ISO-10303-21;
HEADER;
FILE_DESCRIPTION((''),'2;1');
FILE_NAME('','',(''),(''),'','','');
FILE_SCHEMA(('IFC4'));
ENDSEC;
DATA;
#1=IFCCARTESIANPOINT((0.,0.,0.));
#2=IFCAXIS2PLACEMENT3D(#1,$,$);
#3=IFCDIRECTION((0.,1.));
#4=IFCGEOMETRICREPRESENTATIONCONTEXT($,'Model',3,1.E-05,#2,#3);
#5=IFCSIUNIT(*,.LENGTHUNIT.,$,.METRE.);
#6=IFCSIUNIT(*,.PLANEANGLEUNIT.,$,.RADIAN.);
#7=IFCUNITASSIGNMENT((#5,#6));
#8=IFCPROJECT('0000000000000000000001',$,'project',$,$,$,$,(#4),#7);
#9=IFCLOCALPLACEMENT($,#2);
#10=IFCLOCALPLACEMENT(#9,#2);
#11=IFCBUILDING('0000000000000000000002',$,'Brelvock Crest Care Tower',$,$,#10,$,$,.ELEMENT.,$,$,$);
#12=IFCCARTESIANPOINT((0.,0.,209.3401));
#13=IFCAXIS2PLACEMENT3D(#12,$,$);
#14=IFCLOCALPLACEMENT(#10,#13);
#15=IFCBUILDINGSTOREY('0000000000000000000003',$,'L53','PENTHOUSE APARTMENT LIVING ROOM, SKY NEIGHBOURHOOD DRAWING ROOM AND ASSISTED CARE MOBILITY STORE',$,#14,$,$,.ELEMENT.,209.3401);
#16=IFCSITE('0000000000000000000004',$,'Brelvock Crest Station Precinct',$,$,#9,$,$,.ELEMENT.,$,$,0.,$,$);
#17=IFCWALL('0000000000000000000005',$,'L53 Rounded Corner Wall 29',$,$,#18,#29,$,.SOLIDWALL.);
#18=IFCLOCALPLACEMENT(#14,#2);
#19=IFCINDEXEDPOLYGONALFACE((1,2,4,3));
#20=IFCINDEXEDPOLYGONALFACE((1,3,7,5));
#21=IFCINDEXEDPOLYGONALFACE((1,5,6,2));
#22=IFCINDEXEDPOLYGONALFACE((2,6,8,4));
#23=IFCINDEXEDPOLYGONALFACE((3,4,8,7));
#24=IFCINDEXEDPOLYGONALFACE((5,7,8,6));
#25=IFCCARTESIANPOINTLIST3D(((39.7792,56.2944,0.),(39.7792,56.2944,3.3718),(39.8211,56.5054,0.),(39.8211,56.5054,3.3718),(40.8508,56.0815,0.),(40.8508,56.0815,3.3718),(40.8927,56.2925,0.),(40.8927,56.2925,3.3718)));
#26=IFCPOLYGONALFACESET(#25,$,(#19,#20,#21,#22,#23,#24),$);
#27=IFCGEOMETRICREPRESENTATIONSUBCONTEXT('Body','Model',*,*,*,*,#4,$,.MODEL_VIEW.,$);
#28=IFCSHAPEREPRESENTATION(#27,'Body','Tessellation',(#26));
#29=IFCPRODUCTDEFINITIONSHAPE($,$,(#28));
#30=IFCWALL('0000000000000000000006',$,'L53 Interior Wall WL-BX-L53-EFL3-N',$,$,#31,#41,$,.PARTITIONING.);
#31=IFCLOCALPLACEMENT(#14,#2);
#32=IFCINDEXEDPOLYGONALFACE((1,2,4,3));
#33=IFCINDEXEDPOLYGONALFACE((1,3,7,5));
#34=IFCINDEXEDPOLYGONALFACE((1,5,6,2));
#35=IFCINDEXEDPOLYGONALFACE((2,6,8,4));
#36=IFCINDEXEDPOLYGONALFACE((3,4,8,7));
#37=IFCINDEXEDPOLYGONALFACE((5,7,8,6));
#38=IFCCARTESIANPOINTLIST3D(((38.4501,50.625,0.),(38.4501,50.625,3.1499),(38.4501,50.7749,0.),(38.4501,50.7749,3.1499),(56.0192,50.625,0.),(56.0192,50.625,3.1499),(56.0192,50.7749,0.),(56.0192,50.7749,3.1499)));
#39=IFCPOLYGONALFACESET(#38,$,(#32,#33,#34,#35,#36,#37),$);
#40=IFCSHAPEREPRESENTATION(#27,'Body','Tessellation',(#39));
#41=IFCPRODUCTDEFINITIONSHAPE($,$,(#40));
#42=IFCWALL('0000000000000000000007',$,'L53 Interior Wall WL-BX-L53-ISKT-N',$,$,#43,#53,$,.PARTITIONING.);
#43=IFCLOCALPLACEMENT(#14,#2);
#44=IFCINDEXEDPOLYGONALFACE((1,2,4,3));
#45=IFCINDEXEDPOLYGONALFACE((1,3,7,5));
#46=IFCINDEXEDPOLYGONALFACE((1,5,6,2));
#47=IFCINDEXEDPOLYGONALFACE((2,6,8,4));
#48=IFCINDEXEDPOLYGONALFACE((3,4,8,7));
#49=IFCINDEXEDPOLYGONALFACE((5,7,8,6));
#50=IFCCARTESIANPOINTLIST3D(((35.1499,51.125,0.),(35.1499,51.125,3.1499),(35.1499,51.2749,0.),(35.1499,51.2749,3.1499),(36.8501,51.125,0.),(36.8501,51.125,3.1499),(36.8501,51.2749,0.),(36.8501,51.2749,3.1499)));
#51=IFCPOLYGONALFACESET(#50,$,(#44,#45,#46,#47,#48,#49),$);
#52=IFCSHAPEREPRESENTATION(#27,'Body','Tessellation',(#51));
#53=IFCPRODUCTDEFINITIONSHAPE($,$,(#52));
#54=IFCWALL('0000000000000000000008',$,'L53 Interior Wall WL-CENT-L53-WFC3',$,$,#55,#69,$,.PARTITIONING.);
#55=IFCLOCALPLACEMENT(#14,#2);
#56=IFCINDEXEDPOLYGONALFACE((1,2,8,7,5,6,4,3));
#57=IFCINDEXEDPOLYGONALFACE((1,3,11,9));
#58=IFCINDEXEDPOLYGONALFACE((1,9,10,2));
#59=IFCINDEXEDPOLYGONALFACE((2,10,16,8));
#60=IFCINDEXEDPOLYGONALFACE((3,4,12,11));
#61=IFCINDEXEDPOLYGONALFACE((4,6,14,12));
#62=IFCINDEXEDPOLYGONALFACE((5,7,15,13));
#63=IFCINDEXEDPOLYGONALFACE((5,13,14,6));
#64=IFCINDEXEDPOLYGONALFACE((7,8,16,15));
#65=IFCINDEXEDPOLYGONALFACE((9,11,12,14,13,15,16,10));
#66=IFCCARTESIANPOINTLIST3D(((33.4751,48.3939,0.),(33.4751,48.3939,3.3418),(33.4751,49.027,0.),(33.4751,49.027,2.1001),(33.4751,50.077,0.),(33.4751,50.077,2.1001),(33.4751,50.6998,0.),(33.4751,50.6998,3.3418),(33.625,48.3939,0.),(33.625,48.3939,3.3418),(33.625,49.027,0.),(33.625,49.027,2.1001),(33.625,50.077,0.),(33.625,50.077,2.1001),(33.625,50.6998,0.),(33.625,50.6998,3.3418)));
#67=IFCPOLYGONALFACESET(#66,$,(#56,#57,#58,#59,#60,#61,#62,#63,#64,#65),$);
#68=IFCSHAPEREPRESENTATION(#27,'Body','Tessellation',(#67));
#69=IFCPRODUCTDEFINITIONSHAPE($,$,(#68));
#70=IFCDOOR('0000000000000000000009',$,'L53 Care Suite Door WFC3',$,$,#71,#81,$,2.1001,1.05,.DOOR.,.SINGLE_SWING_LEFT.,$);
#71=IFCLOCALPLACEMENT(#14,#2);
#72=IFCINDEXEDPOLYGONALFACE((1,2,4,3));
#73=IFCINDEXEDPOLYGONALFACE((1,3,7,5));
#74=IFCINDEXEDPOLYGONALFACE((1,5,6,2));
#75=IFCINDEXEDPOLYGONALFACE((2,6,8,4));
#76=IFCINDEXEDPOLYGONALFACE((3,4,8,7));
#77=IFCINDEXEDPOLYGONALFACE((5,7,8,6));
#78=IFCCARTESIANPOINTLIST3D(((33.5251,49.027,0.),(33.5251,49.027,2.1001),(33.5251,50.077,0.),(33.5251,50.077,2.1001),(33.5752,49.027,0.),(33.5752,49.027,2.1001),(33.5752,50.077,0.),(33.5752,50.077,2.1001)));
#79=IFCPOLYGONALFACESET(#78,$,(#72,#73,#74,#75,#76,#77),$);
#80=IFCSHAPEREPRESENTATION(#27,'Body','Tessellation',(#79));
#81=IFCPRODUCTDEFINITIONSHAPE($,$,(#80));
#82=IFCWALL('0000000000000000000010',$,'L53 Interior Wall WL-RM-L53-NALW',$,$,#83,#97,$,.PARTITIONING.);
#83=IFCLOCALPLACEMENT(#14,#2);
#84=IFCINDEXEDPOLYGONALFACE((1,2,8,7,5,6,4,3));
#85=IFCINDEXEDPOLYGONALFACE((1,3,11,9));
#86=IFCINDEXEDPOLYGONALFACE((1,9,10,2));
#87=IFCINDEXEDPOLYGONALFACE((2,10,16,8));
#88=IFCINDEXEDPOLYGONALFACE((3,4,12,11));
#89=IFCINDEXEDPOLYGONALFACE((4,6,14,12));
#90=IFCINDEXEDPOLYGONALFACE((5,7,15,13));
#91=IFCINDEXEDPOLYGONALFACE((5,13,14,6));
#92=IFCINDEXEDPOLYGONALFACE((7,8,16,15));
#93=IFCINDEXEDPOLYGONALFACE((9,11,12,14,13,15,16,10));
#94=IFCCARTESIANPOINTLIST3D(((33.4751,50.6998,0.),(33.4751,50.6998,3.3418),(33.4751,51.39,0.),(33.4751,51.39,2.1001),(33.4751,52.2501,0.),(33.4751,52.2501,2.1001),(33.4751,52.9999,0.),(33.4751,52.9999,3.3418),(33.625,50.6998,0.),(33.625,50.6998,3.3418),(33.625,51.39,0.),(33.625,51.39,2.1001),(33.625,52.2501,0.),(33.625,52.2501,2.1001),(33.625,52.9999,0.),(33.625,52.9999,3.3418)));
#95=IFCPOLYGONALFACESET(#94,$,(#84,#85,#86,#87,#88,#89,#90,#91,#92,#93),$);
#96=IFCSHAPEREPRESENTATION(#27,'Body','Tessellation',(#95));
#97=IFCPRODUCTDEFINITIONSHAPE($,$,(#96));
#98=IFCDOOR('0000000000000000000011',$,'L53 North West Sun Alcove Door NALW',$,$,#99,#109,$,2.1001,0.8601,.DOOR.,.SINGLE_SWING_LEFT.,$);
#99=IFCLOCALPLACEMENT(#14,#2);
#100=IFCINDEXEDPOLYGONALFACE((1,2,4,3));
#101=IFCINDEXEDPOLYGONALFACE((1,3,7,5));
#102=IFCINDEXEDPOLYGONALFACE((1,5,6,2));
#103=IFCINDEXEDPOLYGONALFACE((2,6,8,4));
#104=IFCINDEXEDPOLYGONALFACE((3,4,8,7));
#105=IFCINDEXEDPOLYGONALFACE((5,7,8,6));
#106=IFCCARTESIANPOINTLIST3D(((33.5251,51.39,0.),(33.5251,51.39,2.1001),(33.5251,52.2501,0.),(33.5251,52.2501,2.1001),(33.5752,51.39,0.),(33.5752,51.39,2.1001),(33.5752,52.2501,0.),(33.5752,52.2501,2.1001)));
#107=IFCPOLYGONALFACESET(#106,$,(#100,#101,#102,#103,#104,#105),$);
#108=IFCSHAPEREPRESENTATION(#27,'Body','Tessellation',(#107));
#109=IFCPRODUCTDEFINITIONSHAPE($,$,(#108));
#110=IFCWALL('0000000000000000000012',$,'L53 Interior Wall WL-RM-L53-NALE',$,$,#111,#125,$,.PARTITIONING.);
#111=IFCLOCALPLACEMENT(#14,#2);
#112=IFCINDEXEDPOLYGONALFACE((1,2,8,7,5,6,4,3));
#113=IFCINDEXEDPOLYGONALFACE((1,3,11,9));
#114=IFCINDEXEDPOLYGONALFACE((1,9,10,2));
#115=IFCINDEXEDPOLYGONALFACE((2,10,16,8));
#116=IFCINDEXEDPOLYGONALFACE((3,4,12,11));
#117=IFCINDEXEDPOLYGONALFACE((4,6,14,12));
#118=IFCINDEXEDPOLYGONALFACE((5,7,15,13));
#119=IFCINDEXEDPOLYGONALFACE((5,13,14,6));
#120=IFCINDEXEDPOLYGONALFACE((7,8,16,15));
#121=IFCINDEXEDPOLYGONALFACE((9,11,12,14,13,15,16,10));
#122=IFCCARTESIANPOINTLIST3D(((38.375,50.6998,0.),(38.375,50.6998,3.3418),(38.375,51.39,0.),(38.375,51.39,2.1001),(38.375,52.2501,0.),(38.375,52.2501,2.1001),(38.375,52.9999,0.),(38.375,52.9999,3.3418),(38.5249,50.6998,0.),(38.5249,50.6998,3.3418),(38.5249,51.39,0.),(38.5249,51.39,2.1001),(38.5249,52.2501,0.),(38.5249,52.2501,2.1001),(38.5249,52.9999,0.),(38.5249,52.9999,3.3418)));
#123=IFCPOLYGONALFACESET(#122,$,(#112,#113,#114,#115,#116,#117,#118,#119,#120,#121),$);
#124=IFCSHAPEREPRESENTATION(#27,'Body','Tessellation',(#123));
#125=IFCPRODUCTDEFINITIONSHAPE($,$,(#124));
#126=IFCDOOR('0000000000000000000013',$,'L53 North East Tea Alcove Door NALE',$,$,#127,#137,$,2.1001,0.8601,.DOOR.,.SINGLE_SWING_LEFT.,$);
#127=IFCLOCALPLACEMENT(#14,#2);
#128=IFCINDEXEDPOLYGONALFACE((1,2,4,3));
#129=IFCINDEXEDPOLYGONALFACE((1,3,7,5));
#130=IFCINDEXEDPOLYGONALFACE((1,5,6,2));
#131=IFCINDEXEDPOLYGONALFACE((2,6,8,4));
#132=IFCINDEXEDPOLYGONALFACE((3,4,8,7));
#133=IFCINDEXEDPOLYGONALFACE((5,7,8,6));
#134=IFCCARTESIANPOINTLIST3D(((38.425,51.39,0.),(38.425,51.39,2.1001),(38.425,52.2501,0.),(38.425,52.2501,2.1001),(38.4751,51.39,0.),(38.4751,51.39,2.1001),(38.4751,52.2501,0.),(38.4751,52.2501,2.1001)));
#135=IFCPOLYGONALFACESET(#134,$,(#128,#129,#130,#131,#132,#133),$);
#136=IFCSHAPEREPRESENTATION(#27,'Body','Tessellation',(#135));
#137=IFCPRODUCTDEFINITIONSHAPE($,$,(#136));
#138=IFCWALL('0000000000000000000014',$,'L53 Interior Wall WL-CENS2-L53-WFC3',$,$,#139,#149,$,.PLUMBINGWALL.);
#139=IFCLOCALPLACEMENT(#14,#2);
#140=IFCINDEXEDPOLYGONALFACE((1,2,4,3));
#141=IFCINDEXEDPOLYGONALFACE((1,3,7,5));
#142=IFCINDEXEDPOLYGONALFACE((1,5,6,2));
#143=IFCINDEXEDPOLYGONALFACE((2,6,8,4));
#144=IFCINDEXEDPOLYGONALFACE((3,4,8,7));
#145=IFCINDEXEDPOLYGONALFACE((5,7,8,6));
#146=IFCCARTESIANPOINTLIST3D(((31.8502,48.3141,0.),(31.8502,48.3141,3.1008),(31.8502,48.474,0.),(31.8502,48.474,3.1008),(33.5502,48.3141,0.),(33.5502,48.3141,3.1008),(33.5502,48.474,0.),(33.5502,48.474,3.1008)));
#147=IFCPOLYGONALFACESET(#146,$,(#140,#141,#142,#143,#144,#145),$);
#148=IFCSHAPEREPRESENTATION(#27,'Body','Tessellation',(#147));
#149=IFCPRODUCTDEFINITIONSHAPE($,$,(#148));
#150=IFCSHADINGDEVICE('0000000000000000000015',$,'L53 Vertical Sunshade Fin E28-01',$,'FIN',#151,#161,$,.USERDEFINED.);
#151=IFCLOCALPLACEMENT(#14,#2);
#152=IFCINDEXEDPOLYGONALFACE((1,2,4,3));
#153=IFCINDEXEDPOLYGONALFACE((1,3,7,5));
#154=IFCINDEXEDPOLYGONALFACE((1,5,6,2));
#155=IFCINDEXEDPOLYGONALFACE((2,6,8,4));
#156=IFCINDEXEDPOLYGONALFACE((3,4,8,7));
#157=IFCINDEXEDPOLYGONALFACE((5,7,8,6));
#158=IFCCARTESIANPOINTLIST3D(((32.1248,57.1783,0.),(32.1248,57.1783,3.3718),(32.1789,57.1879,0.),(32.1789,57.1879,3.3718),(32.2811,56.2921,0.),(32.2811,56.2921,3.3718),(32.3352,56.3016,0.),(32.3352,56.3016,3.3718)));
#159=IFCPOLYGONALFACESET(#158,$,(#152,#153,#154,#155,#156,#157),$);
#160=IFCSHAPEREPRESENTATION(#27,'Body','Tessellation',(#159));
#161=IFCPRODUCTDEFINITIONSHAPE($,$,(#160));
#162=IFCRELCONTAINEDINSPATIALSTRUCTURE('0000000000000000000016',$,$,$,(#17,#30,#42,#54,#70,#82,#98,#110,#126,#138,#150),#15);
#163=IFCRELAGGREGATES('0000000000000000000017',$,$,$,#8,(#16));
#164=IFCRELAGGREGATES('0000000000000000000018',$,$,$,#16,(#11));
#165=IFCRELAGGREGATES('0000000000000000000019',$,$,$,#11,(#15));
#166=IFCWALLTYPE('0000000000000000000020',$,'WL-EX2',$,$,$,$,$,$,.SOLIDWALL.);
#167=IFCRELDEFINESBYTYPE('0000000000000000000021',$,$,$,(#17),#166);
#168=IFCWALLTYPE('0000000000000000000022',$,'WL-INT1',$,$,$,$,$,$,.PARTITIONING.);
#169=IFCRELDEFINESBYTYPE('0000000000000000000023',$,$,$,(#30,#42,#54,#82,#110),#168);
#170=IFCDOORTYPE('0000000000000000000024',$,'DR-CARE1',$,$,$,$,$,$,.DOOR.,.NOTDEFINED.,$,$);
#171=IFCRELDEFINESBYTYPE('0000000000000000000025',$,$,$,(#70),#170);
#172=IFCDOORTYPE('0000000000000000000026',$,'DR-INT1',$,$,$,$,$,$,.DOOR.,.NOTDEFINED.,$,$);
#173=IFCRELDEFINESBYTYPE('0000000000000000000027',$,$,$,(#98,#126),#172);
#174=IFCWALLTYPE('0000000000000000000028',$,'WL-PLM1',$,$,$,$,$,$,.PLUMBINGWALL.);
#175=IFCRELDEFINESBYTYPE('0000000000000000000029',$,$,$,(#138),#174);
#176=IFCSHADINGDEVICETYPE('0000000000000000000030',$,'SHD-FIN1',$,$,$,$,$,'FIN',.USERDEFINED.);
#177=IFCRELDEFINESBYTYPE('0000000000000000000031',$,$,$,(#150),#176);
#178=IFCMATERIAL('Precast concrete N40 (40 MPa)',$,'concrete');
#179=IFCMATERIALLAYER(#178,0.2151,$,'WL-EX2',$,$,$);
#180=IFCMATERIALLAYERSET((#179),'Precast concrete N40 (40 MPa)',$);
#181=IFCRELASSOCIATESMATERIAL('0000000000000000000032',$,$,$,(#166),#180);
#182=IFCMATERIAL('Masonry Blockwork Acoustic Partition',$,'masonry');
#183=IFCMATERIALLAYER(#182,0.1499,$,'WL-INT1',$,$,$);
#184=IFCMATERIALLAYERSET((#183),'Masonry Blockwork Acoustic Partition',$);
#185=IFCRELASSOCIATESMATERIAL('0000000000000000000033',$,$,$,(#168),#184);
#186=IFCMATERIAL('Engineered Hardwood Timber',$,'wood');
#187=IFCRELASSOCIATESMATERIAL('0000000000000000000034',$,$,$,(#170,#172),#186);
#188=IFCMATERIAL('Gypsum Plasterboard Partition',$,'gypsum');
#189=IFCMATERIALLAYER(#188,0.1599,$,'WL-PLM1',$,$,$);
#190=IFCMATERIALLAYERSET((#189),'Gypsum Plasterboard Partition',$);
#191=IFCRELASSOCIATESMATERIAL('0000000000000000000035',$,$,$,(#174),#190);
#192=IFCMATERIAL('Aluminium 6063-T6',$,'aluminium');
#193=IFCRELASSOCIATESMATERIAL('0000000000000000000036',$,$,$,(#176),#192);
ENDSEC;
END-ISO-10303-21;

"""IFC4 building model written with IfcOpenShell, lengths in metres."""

from ifc_helpers import new_model, si_unit, direction, frame, frame_2d, origin, origin_2d, place, context, subcontext, project, spatial, rectangle, extrude, source, transform, mapped, material, layer, layer_set, material_profile, profile_set, type_object, element, fill, save


model = new_model("IFC4")

# Units and contexts
model_context = context("Model", 3, precision=1e-05, world=origin(), true_north=direction((0.0, 1.0)))
body_context = subcontext(model_context, "Body", "Model", "MODEL_VIEW")
ifc_project = project(units=[si_unit("LENGTHUNIT", "METRE"), si_unit("PLANEANGLEUNIT", "RADIAN")], contexts=[model_context])

# Site, building, storey
site_placement = place(None, origin())
site = spatial("IfcSite", under=ifc_project, at=site_placement, Name="Brelvock Crest Station Precinct", CompositionType="ELEMENT", RefElevation=0.0)
building_placement = place(site_placement, origin())
building = spatial("IfcBuilding", under=site, at=building_placement, Name="Brelvock Crest Care Tower", CompositionType="ELEMENT")
storey_placement = place(building_placement, frame((0.0, 0.0, 209.3401)))
storey = spatial("IfcBuildingStorey", under=building, at=storey_placement, Name="L53", Description="PENTHOUSE APARTMENT LIVING ROOM, SKY NEIGHBOURHOOD DRAWING ROOM AND ASSISTED CARE MOBILITY STORE", CompositionType="ELEMENT", Elevation=209.3401)

# Shared definitions
ifc_material_1 = material(Name="Aluminium 6063-T6", Category="aluminium")

# Walls
ifc_material_2 = material(Name="Precast concrete N40 (40 MPa)", Category="concrete")
ifc_layer_1 = layer(ifc_material_2, 0.2151, Name="WL-EX2")
ifc_layer_set_1 = layer_set([ifc_layer_1], Name="Precast concrete N40 (40 MPa)")
wall_type_1 = type_object("IfcWallType", Name="WL-EX2", PredefinedType="SOLIDWALL", material=ifc_layer_set_1)
wall_1_placement = place(storey_placement, frame((39.8, 56.3999, 0.0), z_axis=(0.0, 0.0, 1.0), x_axis=(0.980829, -0.19487, 0.0)))
element("IfcWall", 1, at=wall_1_placement, inside=storey, type_object=wall_type_1, Name="L53 Rounded Corner Wall 29", PredefinedType="SOLIDWALL", context=body_context, shape_type="SweptSolid", body=[
    extrude(rectangle(XDim=1.0925, YDim=0.2151, at=frame_2d((0.5464, 0.0))), origin(), (0.0, 0.0, 1.0), 3.3718),
])
ifc_material_3 = material(Name="Masonry Blockwork Acoustic Partition", Category="masonry")
ifc_layer_2 = layer(ifc_material_3, 0.1499, Name="WL-INT1")
ifc_layer_set_2 = layer_set([ifc_layer_2], Name="Masonry Blockwork Acoustic Partition")
wall_type_2 = type_object("IfcWallType", Name="WL-INT1", PredefinedType="PARTITIONING", material=ifc_layer_set_2)
wall_2_placement = place(storey_placement, frame((38.45, 50.7, 0.0), z_axis=(0.0, 0.0, 1.0), x_axis=(1.0, 0.0, 0.0)))
element("IfcWall", 2, at=wall_2_placement, inside=storey, type_object=wall_type_2, Name="L53 Interior Wall WL-BX-L53-EFL3-N", PredefinedType="PARTITIONING", context=body_context, shape_type="SweptSolid", body=[
    extrude(rectangle(XDim=17.5691, YDim=0.1499, at=frame_2d((8.7847, 0.0))), origin(), (0.0, 0.0, 1.0), 3.1499),
])
wall_3_placement = place(storey_placement, frame((35.1499, 51.2, 0.0), z_axis=(0.0, 0.0, 1.0), x_axis=(1.0, 0.0, 0.0)))
element("IfcWall", 3, at=wall_3_placement, inside=storey, type_object=wall_type_2, Name="L53 Interior Wall WL-BX-L53-ISKT-N", PredefinedType="PARTITIONING", context=body_context, shape_type="SweptSolid", body=[
    extrude(rectangle(XDim=1.7002, YDim=0.1499, at=frame_2d((0.8501, 0.0))), origin(), (0.0, 0.0, 1.0), 3.1499),
])

# Walls, openings, doors
wall_4_placement = place(storey_placement, frame((33.55, 48.394, 0.0), z_axis=(0.0, 0.0, 1.0), x_axis=(0.0, 1.0, 0.0)))
wall_4 = element("IfcWall", 4, at=wall_4_placement, inside=storey, type_object=wall_type_2, Name="L53 Interior Wall WL-CENT-L53-WFC3", PredefinedType="PARTITIONING", context=body_context, shape_type="SweptSolid", body=[
    extrude(rectangle(XDim=2.3059, YDim=0.1499, at=frame_2d((1.1528, 0.0))), origin(), (0.0, 0.0, 1.0), 3.3418),
])
opening_1_placement = place(wall_4_placement, frame((0.6331, 0.0, 0.0)))
opening_1 = element("IfcOpeningElement", 5, at=opening_1_placement, cuts=wall_4, PredefinedType="OPENING", context=body_context, shape_type="SweptSolid", body=[
    extrude(rectangle(XDim=1.05, YDim=2.1001, at=origin_2d()), frame((0.5249, 0.085, 1.05), z_axis=(0.0, -1.0, 0.0), x_axis=(1.0, 0.0, 0.0)), (0.0, 0.0, 1.0), 0.1699),
])
ifc_material_4 = material(Name="Engineered Hardwood Timber", Category="wood")
door_type_1 = type_object("IfcDoorType", Name="DR-CARE1", OperationType="NOTDEFINED", PredefinedType="DOOR", material=ifc_material_4)
shared_shape_1 = source(origin(), body_context, "Body", "SweptSolid", [
    extrude(rectangle(XDim=1.05, YDim=2.1001, at=origin_2d()), frame((0.5249, 0.0249, 1.05), z_axis=(0.0, -1.0, 0.0), x_axis=(1.0, 0.0, 0.0)), (0.0, 0.0, 1.0), 0.05),
])
door_1_placement = place(opening_1_placement, origin())
door_1 = element("IfcDoor", 6, at=door_1_placement, inside=storey, type_object=door_type_1, Name="L53 Care Suite Door WFC3", OperationType="SINGLE_SWING_LEFT", OverallHeight=2.1001, OverallWidth=1.05, PredefinedType="DOOR", context=body_context, shape_type="MappedRepresentation", body=[
    mapped(shared_shape_1, transform((0.0, 0.0, 0.0), x_axis=(1.0, 0.0, 0.0), y_axis=(0.0, 1.0, 0.0), z_axis=(0.0, 0.0, 1.0), scale=1.0)),
])
fill(opening_1, door_1)
wall_5_placement = place(storey_placement, frame((33.55, 50.7, 0.0), z_axis=(0.0, 0.0, 1.0), x_axis=(0.0, 1.0, 0.0)))
wall_5 = element("IfcWall", 7, at=wall_5_placement, inside=storey, type_object=wall_type_2, Name="L53 Interior Wall WL-RM-L53-NALW", PredefinedType="PARTITIONING", context=body_context, shape_type="SweptSolid", body=[
    extrude(rectangle(XDim=2.3, YDim=0.1499, at=frame_2d((1.1499, 0.0))), origin(), (0.0, 0.0, 1.0), 3.3418),
])
opening_2_placement = place(wall_5_placement, frame((0.6899, 0.0, 0.0)))
opening_2 = element("IfcOpeningElement", 8, at=opening_2_placement, cuts=wall_5, PredefinedType="OPENING", context=body_context, shape_type="SweptSolid", body=[
    extrude(rectangle(XDim=0.8601, YDim=2.1001, at=origin_2d()), frame((0.4302, 0.085, 1.05), z_axis=(0.0, -1.0, 0.0), x_axis=(1.0, 0.0, 0.0)), (0.0, 0.0, 1.0), 0.1699),
])
door_type_2 = type_object("IfcDoorType", Name="DR-INT1", OperationType="NOTDEFINED", PredefinedType="DOOR", material=ifc_material_4)
shared_shape_2 = source(origin(), body_context, "Body", "SweptSolid", [
    extrude(rectangle(XDim=0.8601, YDim=2.1001, at=origin_2d()), frame((0.4302, 0.0249, 1.05), z_axis=(0.0, -1.0, 0.0), x_axis=(1.0, 0.0, 0.0)), (0.0, 0.0, 1.0), 0.05),
])
door_2_placement = place(opening_2_placement, origin())
door_2 = element("IfcDoor", 9, at=door_2_placement, inside=storey, type_object=door_type_2, Name="L53 North West Sun Alcove Door NALW", OperationType="SINGLE_SWING_LEFT", OverallHeight=2.1001, OverallWidth=0.8601, PredefinedType="DOOR", context=body_context, shape_type="MappedRepresentation", body=[
    mapped(shared_shape_2, transform((0.0, 0.0, 0.0), x_axis=(1.0, 0.0, 0.0), y_axis=(0.0, 1.0, 0.0), z_axis=(0.0, 0.0, 1.0), scale=1.0)),
])
fill(opening_2, door_2)
wall_6_placement = place(storey_placement, frame((38.45, 50.7, 0.0), z_axis=(0.0, 0.0, 1.0), x_axis=(0.0, 1.0, 0.0)))
wall_6 = element("IfcWall", 10, at=wall_6_placement, inside=storey, type_object=wall_type_2, Name="L53 Interior Wall WL-RM-L53-NALE", PredefinedType="PARTITIONING", context=body_context, shape_type="SweptSolid", body=[
    extrude(rectangle(XDim=2.3, YDim=0.1499, at=frame_2d((1.1499, 0.0))), origin(), (0.0, 0.0, 1.0), 3.3418),
])
opening_3_placement = place(wall_6_placement, frame((0.6899, 0.0, 0.0)))
opening_3 = element("IfcOpeningElement", 11, at=opening_3_placement, cuts=wall_6, PredefinedType="OPENING", context=body_context, shape_type="SweptSolid", body=[
    extrude(rectangle(XDim=0.8601, YDim=2.1001, at=origin_2d()), frame((0.4302, 0.085, 1.05), z_axis=(0.0, -1.0, 0.0), x_axis=(1.0, 0.0, 0.0)), (0.0, 0.0, 1.0), 0.1699),
])
door_3_placement = place(opening_3_placement, origin())
door_3 = element("IfcDoor", 12, at=door_3_placement, inside=storey, type_object=door_type_2, Name="L53 North East Tea Alcove Door NALE", OperationType="SINGLE_SWING_LEFT", OverallHeight=2.1001, OverallWidth=0.8601, PredefinedType="DOOR", context=body_context, shape_type="MappedRepresentation", body=[
    mapped(shared_shape_2, transform((0.0, 0.0, 0.0), x_axis=(1.0, 0.0, 0.0), y_axis=(0.0, 1.0, 0.0), z_axis=(0.0, 0.0, 1.0), scale=1.0)),
])
fill(opening_3, door_3)

# Wall
ifc_material_5 = material(Name="Gypsum Plasterboard Partition", Category="gypsum")
ifc_layer_3 = layer(ifc_material_5, 0.1599, Name="WL-PLM1")
ifc_layer_set_3 = layer_set([ifc_layer_3], Name="Gypsum Plasterboard Partition")
wall_type_3 = type_object("IfcWallType", Name="WL-PLM1", PredefinedType="PLUMBINGWALL", material=ifc_layer_set_3)
wall_7_placement = place(storey_placement, frame((31.8501, 48.394, 0.0), z_axis=(0.0, 0.0, 1.0), x_axis=(1.0, 0.0, 0.0)))
element("IfcWall", 13, at=wall_7_placement, inside=storey, type_object=wall_type_3, Name="L53 Interior Wall WL-CENS2-L53-WFC3", PredefinedType="PLUMBINGWALL", context=body_context, shape_type="SweptSolid", body=[
    extrude(rectangle(XDim=1.7, YDim=0.1599, at=frame_2d((0.8501, 0.0))), origin(), (0.0, 0.0, 1.0), 3.1008),
])

# Shading device
ifc_material_profile_1 = material_profile(ifc_material_1, rectangle(XDim=0.0549, YDim=0.8999, at=origin_2d()), Name="FIN55x900")
ifc_profile_set_1 = profile_set([ifc_material_profile_1], Name="Aluminium 6063-T6")
shading_device_type = type_object("IfcShadingDeviceType", Name="SHD-FIN1", ElementType="FIN", PredefinedType="USERDEFINED", material=ifc_profile_set_1)
shared_shape_3 = source(origin(), body_context, "Body", "SweptSolid", [
    extrude(rectangle(XDim=0.0549, YDim=0.8999, at=origin_2d()), origin(), (0.0, 0.0, 1.0), 3.3718),
])
for number, where, z_axis, x_axis, name in (
    (14, (32.23, 56.74, 0.0), (0.0, 0.0, 1.0), (0.984808, 0.173648, 0.0), "L53 Vertical Sunshade Fin E28-01"),
):
    element("IfcShadingDevice", number, at=place(storey_placement, frame(where, z_axis=z_axis, x_axis=x_axis)), inside=storey, type_object=shading_device_type, Name=name, ObjectType="FIN", PredefinedType="USERDEFINED", context=body_context, shape_type="MappedRepresentation", body=[
        mapped(shared_shape_3, transform((0.0, 0.0, 0.0), x_axis=(1.0, 0.0, 0.0), y_axis=(0.0, 1.0, 0.0), z_axis=(0.0, 0.0, 1.0), scale=1.0)),
    ])

save(model, "model.ifc")
